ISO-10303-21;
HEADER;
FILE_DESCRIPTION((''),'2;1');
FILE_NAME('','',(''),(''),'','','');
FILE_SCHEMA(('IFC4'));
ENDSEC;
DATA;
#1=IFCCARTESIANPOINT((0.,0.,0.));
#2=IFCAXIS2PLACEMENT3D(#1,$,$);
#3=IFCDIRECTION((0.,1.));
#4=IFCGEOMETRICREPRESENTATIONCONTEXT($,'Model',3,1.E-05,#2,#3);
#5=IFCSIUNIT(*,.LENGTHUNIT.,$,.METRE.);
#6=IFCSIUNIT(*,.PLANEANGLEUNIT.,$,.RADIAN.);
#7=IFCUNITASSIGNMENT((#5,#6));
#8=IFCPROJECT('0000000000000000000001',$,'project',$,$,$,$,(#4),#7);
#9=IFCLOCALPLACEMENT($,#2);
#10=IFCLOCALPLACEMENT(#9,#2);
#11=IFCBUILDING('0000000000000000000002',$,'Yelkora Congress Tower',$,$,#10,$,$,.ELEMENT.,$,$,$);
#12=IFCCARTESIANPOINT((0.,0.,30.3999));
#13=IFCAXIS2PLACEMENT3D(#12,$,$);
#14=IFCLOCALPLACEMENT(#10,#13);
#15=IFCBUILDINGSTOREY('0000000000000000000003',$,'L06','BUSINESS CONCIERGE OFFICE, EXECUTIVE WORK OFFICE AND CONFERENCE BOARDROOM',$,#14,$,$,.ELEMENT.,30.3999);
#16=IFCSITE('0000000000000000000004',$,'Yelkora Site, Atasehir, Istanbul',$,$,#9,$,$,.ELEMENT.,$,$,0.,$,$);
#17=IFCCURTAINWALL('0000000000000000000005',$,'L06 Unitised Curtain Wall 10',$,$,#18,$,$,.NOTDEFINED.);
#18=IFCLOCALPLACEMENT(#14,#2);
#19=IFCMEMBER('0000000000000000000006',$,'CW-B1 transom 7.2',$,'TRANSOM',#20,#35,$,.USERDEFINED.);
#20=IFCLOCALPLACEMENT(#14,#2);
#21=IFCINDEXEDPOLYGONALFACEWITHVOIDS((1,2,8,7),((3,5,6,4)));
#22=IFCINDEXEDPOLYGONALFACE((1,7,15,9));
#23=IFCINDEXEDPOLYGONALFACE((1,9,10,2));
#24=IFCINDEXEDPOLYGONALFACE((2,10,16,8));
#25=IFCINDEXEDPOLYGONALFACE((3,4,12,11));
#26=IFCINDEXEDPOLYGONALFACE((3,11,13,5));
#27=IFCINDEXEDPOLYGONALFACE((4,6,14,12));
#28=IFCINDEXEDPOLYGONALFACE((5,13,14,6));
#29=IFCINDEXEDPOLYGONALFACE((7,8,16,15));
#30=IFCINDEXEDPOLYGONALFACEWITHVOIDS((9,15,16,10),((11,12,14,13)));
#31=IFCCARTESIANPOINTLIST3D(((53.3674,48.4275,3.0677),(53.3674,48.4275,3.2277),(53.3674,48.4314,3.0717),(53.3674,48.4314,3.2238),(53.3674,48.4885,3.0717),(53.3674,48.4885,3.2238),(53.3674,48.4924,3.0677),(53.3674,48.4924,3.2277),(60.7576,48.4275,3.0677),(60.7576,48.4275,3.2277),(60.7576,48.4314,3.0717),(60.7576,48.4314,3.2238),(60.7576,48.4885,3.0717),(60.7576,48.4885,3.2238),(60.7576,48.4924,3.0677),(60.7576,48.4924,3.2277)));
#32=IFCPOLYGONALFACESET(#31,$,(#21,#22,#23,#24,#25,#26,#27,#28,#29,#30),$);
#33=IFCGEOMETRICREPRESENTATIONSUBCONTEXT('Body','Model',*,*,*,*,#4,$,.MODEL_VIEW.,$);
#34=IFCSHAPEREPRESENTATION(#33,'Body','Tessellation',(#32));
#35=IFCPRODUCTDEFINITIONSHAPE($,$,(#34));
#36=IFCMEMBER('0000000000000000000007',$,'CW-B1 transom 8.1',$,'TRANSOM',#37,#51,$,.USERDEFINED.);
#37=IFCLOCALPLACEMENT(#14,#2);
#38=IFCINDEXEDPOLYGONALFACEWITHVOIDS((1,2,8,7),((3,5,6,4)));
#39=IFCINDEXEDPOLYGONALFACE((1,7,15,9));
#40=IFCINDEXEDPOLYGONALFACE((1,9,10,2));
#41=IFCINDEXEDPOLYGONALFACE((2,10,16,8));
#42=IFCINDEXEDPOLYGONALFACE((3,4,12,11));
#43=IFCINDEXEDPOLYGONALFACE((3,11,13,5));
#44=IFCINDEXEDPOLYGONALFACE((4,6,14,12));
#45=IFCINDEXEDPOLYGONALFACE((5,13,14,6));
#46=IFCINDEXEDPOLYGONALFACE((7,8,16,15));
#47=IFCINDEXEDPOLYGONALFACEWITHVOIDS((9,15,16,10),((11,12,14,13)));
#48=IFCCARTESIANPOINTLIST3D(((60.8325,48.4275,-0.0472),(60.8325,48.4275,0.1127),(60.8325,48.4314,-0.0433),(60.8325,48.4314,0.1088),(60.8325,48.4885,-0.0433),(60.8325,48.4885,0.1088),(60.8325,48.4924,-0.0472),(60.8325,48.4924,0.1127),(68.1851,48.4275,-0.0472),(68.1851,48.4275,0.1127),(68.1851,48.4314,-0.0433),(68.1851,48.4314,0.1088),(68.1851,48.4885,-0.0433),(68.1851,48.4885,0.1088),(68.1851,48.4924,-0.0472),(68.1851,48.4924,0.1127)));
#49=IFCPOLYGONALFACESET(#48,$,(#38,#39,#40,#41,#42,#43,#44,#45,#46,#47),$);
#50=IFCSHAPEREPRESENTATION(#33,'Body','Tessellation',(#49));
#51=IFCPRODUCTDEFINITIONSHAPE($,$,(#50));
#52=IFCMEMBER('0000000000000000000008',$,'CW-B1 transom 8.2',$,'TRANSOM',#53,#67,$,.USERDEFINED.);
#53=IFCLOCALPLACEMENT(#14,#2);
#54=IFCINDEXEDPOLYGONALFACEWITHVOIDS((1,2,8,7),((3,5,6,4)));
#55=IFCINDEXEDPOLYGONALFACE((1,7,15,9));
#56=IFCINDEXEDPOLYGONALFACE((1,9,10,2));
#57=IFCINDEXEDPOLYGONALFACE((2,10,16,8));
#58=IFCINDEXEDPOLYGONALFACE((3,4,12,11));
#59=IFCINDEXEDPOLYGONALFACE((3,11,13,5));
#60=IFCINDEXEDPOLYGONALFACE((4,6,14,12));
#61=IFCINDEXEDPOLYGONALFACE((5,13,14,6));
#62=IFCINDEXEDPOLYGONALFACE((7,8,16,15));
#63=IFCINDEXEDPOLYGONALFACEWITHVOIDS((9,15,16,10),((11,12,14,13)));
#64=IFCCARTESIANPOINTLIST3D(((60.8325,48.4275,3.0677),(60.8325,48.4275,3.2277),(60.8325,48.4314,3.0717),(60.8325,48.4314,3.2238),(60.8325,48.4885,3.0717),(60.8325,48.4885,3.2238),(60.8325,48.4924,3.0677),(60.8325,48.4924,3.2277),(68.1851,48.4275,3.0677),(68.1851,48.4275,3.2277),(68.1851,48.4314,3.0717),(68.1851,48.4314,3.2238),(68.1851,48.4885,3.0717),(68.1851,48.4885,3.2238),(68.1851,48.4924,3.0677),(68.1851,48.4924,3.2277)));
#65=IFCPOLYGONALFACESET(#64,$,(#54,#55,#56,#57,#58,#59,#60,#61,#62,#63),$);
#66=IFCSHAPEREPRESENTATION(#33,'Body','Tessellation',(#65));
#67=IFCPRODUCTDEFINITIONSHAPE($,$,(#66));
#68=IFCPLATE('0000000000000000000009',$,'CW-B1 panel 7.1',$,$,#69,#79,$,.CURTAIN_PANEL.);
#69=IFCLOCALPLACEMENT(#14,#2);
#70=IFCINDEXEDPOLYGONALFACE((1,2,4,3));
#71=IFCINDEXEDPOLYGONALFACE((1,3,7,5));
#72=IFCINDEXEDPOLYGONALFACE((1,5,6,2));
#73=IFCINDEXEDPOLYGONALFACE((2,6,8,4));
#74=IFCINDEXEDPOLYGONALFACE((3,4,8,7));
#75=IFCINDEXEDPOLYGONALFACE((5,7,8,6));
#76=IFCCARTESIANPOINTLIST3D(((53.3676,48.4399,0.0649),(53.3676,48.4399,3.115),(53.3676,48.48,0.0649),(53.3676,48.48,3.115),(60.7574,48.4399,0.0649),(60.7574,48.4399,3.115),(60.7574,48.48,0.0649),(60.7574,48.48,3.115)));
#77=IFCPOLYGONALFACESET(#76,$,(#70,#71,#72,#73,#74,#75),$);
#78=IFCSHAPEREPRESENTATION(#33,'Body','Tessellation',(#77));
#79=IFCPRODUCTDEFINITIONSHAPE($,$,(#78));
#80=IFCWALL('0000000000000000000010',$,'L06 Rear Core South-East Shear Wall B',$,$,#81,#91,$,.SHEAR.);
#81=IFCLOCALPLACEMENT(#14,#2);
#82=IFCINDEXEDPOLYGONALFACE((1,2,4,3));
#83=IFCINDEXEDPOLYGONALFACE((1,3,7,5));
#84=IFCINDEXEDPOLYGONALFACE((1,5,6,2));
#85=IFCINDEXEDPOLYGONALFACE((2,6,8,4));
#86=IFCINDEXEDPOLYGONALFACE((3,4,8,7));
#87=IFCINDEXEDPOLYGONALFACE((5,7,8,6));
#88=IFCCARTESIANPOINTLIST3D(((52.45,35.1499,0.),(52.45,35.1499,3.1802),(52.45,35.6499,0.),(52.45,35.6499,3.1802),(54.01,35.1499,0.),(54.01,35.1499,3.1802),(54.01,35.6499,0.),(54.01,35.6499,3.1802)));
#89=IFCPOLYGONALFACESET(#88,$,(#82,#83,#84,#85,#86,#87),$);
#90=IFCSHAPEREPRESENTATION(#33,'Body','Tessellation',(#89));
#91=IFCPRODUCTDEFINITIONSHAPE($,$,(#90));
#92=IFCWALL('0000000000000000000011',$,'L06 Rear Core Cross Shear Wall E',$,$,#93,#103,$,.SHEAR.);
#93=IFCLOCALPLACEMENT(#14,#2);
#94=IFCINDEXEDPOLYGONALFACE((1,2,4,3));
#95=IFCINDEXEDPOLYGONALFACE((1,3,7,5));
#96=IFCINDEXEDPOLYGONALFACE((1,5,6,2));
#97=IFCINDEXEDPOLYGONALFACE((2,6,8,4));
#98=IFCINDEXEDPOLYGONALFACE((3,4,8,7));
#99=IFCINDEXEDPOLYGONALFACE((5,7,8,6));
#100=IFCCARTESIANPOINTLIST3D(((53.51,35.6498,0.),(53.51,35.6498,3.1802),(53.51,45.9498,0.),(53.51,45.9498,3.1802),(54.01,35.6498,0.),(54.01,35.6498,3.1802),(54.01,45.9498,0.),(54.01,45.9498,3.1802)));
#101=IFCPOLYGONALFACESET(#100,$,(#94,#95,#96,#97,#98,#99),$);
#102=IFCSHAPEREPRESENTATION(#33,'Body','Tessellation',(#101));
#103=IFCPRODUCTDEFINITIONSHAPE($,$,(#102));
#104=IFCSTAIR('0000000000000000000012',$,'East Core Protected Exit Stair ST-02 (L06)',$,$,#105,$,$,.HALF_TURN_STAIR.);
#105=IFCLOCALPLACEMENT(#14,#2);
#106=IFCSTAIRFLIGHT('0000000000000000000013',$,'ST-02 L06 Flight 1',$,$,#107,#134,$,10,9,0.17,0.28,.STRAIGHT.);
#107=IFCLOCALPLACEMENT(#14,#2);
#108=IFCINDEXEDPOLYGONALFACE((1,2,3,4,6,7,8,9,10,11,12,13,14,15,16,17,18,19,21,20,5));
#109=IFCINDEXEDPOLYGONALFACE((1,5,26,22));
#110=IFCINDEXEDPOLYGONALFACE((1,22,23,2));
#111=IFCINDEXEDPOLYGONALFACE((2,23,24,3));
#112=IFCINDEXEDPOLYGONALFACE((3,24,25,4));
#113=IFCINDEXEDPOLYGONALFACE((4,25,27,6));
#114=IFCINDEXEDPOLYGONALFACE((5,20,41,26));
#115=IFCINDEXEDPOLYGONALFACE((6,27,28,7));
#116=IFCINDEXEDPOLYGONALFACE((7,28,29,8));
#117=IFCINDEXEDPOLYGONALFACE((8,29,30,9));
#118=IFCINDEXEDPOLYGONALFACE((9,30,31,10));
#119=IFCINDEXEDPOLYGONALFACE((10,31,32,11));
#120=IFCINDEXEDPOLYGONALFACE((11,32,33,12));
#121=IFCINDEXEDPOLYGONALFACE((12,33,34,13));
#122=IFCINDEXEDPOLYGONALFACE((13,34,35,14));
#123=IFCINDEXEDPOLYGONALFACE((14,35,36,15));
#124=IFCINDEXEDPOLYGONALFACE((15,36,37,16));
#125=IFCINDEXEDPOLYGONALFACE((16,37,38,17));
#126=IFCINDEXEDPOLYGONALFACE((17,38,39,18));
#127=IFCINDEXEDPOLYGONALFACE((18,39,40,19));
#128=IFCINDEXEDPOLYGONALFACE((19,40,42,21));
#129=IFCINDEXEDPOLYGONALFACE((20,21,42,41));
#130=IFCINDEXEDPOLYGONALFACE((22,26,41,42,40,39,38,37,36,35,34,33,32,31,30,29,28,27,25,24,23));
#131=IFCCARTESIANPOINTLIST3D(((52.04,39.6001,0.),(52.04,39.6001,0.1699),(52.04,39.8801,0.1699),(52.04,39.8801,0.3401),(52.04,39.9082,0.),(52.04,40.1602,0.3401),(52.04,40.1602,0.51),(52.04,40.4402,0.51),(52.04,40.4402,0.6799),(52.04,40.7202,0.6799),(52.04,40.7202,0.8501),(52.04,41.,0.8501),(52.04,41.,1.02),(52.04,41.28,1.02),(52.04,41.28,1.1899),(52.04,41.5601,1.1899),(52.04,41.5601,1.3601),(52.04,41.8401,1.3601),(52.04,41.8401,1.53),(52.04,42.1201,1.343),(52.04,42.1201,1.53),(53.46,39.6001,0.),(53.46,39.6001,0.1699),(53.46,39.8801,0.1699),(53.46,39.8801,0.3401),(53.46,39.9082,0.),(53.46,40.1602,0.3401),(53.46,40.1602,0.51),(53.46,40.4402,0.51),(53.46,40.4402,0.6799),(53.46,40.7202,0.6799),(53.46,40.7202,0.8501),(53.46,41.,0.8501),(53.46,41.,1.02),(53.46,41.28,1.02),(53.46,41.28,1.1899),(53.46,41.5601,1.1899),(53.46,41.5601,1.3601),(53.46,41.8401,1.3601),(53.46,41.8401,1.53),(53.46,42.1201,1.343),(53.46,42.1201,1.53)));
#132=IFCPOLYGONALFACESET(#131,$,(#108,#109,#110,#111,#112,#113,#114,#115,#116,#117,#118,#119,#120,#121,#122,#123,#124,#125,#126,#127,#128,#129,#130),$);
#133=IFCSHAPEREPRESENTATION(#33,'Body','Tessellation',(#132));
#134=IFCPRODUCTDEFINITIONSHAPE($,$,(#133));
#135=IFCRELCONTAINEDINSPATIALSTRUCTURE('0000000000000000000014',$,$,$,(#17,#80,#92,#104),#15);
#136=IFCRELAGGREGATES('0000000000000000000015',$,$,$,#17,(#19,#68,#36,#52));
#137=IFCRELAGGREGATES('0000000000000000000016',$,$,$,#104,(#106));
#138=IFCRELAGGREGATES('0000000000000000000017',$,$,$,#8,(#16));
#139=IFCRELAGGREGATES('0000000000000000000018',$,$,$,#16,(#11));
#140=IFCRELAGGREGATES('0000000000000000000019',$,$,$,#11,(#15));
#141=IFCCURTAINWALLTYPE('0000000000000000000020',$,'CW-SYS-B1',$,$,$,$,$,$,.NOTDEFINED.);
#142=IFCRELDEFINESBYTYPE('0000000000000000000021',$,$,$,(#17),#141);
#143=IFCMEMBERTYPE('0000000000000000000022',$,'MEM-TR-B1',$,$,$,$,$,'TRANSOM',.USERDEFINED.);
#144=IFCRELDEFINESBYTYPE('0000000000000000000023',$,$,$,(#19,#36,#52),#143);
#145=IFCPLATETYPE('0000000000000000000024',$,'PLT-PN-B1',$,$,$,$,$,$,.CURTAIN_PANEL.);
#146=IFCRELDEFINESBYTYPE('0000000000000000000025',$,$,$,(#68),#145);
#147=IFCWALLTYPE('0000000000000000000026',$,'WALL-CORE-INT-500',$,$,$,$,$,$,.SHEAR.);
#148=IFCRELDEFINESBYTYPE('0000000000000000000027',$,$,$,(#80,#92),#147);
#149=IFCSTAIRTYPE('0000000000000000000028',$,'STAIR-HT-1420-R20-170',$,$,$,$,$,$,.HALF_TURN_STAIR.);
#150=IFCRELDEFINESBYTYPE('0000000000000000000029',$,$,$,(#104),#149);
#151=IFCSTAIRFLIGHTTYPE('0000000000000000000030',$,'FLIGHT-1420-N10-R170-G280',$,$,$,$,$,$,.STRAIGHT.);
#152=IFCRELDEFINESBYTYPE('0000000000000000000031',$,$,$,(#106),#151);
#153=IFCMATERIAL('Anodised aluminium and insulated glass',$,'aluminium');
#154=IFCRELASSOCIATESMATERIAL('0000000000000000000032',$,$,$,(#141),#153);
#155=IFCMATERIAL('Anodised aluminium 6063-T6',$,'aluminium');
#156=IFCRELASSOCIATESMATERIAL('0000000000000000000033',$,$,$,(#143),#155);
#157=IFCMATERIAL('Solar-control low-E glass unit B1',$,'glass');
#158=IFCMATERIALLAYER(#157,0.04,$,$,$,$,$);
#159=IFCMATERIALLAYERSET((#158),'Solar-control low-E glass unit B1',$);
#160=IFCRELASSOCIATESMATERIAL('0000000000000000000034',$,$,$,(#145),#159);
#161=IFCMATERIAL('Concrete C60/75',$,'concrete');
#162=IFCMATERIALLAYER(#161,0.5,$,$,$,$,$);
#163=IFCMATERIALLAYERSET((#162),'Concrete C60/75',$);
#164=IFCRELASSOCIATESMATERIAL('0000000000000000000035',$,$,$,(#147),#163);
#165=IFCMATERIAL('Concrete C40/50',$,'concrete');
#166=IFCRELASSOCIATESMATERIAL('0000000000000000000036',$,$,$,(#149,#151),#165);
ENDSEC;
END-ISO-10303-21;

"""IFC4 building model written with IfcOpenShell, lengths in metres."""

from ifc_helpers import new_model, si_unit, direction, frame, frame_2d, origin, origin_2d, place, context, subcontext, project, spatial, polyline, rectangle, hollow_rectangle, outline, extrude, material, layer, layer_set, material_profile, profile_set, type_object, element, aggregate, save


model = new_model("IFC4")

# Units and contexts
model_context = context("Model", 3, precision=1e-05, world=origin(), true_north=direction((0.0, 1.0)))
body_context = subcontext(model_context, "Body", "Model", "MODEL_VIEW")
ifc_project = project(units=[si_unit("LENGTHUNIT", "METRE"), si_unit("PLANEANGLEUNIT", "RADIAN")], contexts=[model_context])

# Site, building, storey
site_placement = place(None, origin())
site = spatial("IfcSite", under=ifc_project, at=site_placement, Name="Yelkora Site, Atasehir, Istanbul", CompositionType="ELEMENT", RefElevation=0.0)
building_placement = place(site_placement, origin())
building = spatial("IfcBuilding", under=site, at=building_placement, Name="Yelkora Congress Tower", CompositionType="ELEMENT")
storey_placement = place(building_placement, frame((0.0, 0.0, 30.3999)))
storey = spatial("IfcBuildingStorey", under=building, at=storey_placement, Name="L06", Description="BUSINESS CONCIERGE OFFICE, EXECUTIVE WORK OFFICE AND CONFERENCE BOARDROOM", CompositionType="ELEMENT", Elevation=30.3999)

# Shared definitions
ifc_material_1 = material(Name="Concrete C60/75", Category="concrete")

# Curtain wall, members, plate
ifc_material_2 = material(Name="Anodised aluminium and insulated glass", Category="aluminium")
curtain_wall_type = type_object("IfcCurtainWallType", Name="CW-SYS-B1", PredefinedType="NOTDEFINED", material=ifc_material_2)
curtain_wall_placement = place(storey_placement, origin())
curtain_wall = element("IfcCurtainWall", 1, at=curtain_wall_placement, inside=storey, type_object=curtain_wall_type, Name="L06 Unitised Curtain Wall 10", PredefinedType="NOTDEFINED")
ifc_material_3 = material(Name="Anodised aluminium 6063-T6", Category="aluminium")
ifc_material_profile_1 = material_profile(ifc_material_3, hollow_rectangle(XDim=0.0649, YDim=0.1599, WallThickness=0.0039, at=origin_2d()), Name="ALU 65x160x4")
ifc_profile_set_1 = profile_set([ifc_material_profile_1], Name="Anodised aluminium 6063-T6")
member_type_1 = type_object("IfcMemberType", Name="MEM-TR-B1", ElementType="TRANSOM", PredefinedType="USERDEFINED", material=ifc_profile_set_1)
member_1_placement = place(storey_placement, frame((53.3674, 48.46, 3.1477), z_axis=(1.0, 0.0, 0.0), x_axis=(0.0, 1.0, 0.0)))
member_1 = element("IfcMember", 2, at=member_1_placement, type_object=member_type_1, Name="CW-B1 transom 7.2", ObjectType="TRANSOM", PredefinedType="USERDEFINED", context=body_context, shape_type="SweptSolid", body=[
    extrude(hollow_rectangle(XDim=0.0649, YDim=0.1599, WallThickness=0.0039, at=origin_2d()), origin(), (0.0, 0.0, 1.0), 7.3901),
])
member_2_placement = place(storey_placement, frame((60.8325, 48.46, 0.0327), z_axis=(1.0, 0.0, 0.0), x_axis=(0.0, 1.0, 0.0)))
member_2 = element("IfcMember", 3, at=member_2_placement, type_object=member_type_1, Name="CW-B1 transom 8.1", ObjectType="TRANSOM", PredefinedType="USERDEFINED", context=body_context, shape_type="SweptSolid", body=[
    extrude(hollow_rectangle(XDim=0.0649, YDim=0.1599, WallThickness=0.0039, at=origin_2d()), origin(), (0.0, 0.0, 1.0), 7.3525),
])
member_3_placement = place(storey_placement, frame((60.8325, 48.46, 3.1477), z_axis=(1.0, 0.0, 0.0), x_axis=(0.0, 1.0, 0.0)))
member_3 = element("IfcMember", 4, at=member_3_placement, type_object=member_type_1, Name="CW-B1 transom 8.2", ObjectType="TRANSOM", PredefinedType="USERDEFINED", context=body_context, shape_type="SweptSolid", body=[
    extrude(hollow_rectangle(XDim=0.0649, YDim=0.1599, WallThickness=0.0039, at=origin_2d()), origin(), (0.0, 0.0, 1.0), 7.3525),
])
ifc_material_4 = material(Name="Solar-control low-E glass unit B1", Category="glass")
ifc_layer_1 = layer(ifc_material_4, 0.04)
ifc_layer_set_1 = layer_set([ifc_layer_1], Name="Solar-control low-E glass unit B1")
plate_type = type_object("IfcPlateType", Name="PLT-PN-B1", PredefinedType="CURTAIN_PANEL", material=ifc_layer_set_1)
plate_placement = place(storey_placement, frame((57.0625, 48.46, 0.0649), z_axis=(0.0, 0.0, 1.0), x_axis=(1.0, 0.0, 0.0)))
plate = element("IfcPlate", 5, at=plate_placement, type_object=plate_type, Name="CW-B1 panel 7.1", PredefinedType="CURTAIN_PANEL", context=body_context, shape_type="SweptSolid", body=[
    extrude(rectangle(XDim=7.3899, YDim=0.04, at=origin_2d()), origin(), (0.0, 0.0, 1.0), 3.05),
])
aggregate(curtain_wall, [member_1, plate, member_2, member_3])

# Walls
ifc_layer_2 = layer(ifc_material_1, 0.5)
ifc_layer_set_2 = layer_set([ifc_layer_2], Name="Concrete C60/75")
wall_type = type_object("IfcWallType", Name="WALL-CORE-INT-500", PredefinedType="SHEAR", material=ifc_layer_set_2)
wall_1_placement = place(storey_placement, frame((52.45, 35.3999, 0.0), z_axis=(0.0, 0.0, 1.0), x_axis=(1.0, 0.0, 0.0)))
element("IfcWall", 6, at=wall_1_placement, inside=storey, type_object=wall_type, Name="L06 Rear Core South-East Shear Wall B", PredefinedType="SHEAR", context=body_context, shape_type="SweptSolid", body=[
    extrude(rectangle(XDim=1.5601, YDim=0.5, at=frame_2d((0.78, 0.0))), origin(), (0.0, 0.0, 1.0), 3.1802),
])
wall_2_placement = place(storey_placement, frame((53.76, 35.6499, 0.0), z_axis=(0.0, 0.0, 1.0), x_axis=(0.0, 1.0, 0.0)))
element("IfcWall", 7, at=wall_2_placement, inside=storey, type_object=wall_type, Name="L06 Rear Core Cross Shear Wall E", PredefinedType="SHEAR", context=body_context, shape_type="SweptSolid", body=[
    extrude(rectangle(XDim=10.3, YDim=0.5, at=frame_2d((5.1499, 0.0))), origin(), (0.0, 0.0, 1.0), 3.1802),
])

# Stair, stair flight
ifc_material_5 = material(Name="Concrete C40/50", Category="concrete")
stair_type = type_object("IfcStairType", Name="STAIR-HT-1420-R20-170", PredefinedType="HALF_TURN_STAIR", material=ifc_material_5)
stair_placement = place(storey_placement, origin())
stair = element("IfcStair", 8, at=stair_placement, inside=storey, type_object=stair_type, Name="East Core Protected Exit Stair ST-02 (L06)", PredefinedType="HALF_TURN_STAIR")
stair_flight_type = type_object("IfcStairFlightType", Name="FLIGHT-1420-N10-R170-G280", PredefinedType="STRAIGHT", material=ifc_material_5)
stair_flight_placement = place(storey_placement, frame((52.75, 39.6001, 0.0), z_axis=(0.0, 0.0, 1.0), x_axis=(0.0, 1.0, 0.0)))
stair_flight = element("IfcStairFlight", 9, at=stair_flight_placement, type_object=stair_flight_type, Name="ST-02 L06 Flight 1", NumberOfRisers=10, NumberOfTreads=9, PredefinedType="STRAIGHT", RiserHeight=0.17, TreadLength=0.28, context=body_context, shape_type="SweptSolid", body=[
    extrude(outline(polyline([(0.0, 0.0), (0.0, 0.1699), (0.28, 0.1699), (0.28, 0.3401), (0.5601, 0.3401), (0.5601, 0.51), (0.8401, 0.51), (0.8401, 0.6799), (1.1201, 0.6799), (1.1201, 0.8501), (1.3999, 0.8501), (1.3999, 1.02), (1.6799, 1.02), (1.6799, 1.1899), (1.96, 1.1899), (1.96, 1.3601), (2.24, 1.3601), (2.24, 1.53), (2.52, 1.53), (2.52, 1.7), (2.52, 1.343), (0.3081, 0.0), (0.0, 0.0)])), frame((0.0, 0.71, 0.0), z_axis=(0.0, -1.0, 0.0), x_axis=(1.0, 0.0, 0.0)), (0.0, 0.0, 1.0), 1.4199),
])
aggregate(stair, [stair_flight])

save(model, "model.ifc")
